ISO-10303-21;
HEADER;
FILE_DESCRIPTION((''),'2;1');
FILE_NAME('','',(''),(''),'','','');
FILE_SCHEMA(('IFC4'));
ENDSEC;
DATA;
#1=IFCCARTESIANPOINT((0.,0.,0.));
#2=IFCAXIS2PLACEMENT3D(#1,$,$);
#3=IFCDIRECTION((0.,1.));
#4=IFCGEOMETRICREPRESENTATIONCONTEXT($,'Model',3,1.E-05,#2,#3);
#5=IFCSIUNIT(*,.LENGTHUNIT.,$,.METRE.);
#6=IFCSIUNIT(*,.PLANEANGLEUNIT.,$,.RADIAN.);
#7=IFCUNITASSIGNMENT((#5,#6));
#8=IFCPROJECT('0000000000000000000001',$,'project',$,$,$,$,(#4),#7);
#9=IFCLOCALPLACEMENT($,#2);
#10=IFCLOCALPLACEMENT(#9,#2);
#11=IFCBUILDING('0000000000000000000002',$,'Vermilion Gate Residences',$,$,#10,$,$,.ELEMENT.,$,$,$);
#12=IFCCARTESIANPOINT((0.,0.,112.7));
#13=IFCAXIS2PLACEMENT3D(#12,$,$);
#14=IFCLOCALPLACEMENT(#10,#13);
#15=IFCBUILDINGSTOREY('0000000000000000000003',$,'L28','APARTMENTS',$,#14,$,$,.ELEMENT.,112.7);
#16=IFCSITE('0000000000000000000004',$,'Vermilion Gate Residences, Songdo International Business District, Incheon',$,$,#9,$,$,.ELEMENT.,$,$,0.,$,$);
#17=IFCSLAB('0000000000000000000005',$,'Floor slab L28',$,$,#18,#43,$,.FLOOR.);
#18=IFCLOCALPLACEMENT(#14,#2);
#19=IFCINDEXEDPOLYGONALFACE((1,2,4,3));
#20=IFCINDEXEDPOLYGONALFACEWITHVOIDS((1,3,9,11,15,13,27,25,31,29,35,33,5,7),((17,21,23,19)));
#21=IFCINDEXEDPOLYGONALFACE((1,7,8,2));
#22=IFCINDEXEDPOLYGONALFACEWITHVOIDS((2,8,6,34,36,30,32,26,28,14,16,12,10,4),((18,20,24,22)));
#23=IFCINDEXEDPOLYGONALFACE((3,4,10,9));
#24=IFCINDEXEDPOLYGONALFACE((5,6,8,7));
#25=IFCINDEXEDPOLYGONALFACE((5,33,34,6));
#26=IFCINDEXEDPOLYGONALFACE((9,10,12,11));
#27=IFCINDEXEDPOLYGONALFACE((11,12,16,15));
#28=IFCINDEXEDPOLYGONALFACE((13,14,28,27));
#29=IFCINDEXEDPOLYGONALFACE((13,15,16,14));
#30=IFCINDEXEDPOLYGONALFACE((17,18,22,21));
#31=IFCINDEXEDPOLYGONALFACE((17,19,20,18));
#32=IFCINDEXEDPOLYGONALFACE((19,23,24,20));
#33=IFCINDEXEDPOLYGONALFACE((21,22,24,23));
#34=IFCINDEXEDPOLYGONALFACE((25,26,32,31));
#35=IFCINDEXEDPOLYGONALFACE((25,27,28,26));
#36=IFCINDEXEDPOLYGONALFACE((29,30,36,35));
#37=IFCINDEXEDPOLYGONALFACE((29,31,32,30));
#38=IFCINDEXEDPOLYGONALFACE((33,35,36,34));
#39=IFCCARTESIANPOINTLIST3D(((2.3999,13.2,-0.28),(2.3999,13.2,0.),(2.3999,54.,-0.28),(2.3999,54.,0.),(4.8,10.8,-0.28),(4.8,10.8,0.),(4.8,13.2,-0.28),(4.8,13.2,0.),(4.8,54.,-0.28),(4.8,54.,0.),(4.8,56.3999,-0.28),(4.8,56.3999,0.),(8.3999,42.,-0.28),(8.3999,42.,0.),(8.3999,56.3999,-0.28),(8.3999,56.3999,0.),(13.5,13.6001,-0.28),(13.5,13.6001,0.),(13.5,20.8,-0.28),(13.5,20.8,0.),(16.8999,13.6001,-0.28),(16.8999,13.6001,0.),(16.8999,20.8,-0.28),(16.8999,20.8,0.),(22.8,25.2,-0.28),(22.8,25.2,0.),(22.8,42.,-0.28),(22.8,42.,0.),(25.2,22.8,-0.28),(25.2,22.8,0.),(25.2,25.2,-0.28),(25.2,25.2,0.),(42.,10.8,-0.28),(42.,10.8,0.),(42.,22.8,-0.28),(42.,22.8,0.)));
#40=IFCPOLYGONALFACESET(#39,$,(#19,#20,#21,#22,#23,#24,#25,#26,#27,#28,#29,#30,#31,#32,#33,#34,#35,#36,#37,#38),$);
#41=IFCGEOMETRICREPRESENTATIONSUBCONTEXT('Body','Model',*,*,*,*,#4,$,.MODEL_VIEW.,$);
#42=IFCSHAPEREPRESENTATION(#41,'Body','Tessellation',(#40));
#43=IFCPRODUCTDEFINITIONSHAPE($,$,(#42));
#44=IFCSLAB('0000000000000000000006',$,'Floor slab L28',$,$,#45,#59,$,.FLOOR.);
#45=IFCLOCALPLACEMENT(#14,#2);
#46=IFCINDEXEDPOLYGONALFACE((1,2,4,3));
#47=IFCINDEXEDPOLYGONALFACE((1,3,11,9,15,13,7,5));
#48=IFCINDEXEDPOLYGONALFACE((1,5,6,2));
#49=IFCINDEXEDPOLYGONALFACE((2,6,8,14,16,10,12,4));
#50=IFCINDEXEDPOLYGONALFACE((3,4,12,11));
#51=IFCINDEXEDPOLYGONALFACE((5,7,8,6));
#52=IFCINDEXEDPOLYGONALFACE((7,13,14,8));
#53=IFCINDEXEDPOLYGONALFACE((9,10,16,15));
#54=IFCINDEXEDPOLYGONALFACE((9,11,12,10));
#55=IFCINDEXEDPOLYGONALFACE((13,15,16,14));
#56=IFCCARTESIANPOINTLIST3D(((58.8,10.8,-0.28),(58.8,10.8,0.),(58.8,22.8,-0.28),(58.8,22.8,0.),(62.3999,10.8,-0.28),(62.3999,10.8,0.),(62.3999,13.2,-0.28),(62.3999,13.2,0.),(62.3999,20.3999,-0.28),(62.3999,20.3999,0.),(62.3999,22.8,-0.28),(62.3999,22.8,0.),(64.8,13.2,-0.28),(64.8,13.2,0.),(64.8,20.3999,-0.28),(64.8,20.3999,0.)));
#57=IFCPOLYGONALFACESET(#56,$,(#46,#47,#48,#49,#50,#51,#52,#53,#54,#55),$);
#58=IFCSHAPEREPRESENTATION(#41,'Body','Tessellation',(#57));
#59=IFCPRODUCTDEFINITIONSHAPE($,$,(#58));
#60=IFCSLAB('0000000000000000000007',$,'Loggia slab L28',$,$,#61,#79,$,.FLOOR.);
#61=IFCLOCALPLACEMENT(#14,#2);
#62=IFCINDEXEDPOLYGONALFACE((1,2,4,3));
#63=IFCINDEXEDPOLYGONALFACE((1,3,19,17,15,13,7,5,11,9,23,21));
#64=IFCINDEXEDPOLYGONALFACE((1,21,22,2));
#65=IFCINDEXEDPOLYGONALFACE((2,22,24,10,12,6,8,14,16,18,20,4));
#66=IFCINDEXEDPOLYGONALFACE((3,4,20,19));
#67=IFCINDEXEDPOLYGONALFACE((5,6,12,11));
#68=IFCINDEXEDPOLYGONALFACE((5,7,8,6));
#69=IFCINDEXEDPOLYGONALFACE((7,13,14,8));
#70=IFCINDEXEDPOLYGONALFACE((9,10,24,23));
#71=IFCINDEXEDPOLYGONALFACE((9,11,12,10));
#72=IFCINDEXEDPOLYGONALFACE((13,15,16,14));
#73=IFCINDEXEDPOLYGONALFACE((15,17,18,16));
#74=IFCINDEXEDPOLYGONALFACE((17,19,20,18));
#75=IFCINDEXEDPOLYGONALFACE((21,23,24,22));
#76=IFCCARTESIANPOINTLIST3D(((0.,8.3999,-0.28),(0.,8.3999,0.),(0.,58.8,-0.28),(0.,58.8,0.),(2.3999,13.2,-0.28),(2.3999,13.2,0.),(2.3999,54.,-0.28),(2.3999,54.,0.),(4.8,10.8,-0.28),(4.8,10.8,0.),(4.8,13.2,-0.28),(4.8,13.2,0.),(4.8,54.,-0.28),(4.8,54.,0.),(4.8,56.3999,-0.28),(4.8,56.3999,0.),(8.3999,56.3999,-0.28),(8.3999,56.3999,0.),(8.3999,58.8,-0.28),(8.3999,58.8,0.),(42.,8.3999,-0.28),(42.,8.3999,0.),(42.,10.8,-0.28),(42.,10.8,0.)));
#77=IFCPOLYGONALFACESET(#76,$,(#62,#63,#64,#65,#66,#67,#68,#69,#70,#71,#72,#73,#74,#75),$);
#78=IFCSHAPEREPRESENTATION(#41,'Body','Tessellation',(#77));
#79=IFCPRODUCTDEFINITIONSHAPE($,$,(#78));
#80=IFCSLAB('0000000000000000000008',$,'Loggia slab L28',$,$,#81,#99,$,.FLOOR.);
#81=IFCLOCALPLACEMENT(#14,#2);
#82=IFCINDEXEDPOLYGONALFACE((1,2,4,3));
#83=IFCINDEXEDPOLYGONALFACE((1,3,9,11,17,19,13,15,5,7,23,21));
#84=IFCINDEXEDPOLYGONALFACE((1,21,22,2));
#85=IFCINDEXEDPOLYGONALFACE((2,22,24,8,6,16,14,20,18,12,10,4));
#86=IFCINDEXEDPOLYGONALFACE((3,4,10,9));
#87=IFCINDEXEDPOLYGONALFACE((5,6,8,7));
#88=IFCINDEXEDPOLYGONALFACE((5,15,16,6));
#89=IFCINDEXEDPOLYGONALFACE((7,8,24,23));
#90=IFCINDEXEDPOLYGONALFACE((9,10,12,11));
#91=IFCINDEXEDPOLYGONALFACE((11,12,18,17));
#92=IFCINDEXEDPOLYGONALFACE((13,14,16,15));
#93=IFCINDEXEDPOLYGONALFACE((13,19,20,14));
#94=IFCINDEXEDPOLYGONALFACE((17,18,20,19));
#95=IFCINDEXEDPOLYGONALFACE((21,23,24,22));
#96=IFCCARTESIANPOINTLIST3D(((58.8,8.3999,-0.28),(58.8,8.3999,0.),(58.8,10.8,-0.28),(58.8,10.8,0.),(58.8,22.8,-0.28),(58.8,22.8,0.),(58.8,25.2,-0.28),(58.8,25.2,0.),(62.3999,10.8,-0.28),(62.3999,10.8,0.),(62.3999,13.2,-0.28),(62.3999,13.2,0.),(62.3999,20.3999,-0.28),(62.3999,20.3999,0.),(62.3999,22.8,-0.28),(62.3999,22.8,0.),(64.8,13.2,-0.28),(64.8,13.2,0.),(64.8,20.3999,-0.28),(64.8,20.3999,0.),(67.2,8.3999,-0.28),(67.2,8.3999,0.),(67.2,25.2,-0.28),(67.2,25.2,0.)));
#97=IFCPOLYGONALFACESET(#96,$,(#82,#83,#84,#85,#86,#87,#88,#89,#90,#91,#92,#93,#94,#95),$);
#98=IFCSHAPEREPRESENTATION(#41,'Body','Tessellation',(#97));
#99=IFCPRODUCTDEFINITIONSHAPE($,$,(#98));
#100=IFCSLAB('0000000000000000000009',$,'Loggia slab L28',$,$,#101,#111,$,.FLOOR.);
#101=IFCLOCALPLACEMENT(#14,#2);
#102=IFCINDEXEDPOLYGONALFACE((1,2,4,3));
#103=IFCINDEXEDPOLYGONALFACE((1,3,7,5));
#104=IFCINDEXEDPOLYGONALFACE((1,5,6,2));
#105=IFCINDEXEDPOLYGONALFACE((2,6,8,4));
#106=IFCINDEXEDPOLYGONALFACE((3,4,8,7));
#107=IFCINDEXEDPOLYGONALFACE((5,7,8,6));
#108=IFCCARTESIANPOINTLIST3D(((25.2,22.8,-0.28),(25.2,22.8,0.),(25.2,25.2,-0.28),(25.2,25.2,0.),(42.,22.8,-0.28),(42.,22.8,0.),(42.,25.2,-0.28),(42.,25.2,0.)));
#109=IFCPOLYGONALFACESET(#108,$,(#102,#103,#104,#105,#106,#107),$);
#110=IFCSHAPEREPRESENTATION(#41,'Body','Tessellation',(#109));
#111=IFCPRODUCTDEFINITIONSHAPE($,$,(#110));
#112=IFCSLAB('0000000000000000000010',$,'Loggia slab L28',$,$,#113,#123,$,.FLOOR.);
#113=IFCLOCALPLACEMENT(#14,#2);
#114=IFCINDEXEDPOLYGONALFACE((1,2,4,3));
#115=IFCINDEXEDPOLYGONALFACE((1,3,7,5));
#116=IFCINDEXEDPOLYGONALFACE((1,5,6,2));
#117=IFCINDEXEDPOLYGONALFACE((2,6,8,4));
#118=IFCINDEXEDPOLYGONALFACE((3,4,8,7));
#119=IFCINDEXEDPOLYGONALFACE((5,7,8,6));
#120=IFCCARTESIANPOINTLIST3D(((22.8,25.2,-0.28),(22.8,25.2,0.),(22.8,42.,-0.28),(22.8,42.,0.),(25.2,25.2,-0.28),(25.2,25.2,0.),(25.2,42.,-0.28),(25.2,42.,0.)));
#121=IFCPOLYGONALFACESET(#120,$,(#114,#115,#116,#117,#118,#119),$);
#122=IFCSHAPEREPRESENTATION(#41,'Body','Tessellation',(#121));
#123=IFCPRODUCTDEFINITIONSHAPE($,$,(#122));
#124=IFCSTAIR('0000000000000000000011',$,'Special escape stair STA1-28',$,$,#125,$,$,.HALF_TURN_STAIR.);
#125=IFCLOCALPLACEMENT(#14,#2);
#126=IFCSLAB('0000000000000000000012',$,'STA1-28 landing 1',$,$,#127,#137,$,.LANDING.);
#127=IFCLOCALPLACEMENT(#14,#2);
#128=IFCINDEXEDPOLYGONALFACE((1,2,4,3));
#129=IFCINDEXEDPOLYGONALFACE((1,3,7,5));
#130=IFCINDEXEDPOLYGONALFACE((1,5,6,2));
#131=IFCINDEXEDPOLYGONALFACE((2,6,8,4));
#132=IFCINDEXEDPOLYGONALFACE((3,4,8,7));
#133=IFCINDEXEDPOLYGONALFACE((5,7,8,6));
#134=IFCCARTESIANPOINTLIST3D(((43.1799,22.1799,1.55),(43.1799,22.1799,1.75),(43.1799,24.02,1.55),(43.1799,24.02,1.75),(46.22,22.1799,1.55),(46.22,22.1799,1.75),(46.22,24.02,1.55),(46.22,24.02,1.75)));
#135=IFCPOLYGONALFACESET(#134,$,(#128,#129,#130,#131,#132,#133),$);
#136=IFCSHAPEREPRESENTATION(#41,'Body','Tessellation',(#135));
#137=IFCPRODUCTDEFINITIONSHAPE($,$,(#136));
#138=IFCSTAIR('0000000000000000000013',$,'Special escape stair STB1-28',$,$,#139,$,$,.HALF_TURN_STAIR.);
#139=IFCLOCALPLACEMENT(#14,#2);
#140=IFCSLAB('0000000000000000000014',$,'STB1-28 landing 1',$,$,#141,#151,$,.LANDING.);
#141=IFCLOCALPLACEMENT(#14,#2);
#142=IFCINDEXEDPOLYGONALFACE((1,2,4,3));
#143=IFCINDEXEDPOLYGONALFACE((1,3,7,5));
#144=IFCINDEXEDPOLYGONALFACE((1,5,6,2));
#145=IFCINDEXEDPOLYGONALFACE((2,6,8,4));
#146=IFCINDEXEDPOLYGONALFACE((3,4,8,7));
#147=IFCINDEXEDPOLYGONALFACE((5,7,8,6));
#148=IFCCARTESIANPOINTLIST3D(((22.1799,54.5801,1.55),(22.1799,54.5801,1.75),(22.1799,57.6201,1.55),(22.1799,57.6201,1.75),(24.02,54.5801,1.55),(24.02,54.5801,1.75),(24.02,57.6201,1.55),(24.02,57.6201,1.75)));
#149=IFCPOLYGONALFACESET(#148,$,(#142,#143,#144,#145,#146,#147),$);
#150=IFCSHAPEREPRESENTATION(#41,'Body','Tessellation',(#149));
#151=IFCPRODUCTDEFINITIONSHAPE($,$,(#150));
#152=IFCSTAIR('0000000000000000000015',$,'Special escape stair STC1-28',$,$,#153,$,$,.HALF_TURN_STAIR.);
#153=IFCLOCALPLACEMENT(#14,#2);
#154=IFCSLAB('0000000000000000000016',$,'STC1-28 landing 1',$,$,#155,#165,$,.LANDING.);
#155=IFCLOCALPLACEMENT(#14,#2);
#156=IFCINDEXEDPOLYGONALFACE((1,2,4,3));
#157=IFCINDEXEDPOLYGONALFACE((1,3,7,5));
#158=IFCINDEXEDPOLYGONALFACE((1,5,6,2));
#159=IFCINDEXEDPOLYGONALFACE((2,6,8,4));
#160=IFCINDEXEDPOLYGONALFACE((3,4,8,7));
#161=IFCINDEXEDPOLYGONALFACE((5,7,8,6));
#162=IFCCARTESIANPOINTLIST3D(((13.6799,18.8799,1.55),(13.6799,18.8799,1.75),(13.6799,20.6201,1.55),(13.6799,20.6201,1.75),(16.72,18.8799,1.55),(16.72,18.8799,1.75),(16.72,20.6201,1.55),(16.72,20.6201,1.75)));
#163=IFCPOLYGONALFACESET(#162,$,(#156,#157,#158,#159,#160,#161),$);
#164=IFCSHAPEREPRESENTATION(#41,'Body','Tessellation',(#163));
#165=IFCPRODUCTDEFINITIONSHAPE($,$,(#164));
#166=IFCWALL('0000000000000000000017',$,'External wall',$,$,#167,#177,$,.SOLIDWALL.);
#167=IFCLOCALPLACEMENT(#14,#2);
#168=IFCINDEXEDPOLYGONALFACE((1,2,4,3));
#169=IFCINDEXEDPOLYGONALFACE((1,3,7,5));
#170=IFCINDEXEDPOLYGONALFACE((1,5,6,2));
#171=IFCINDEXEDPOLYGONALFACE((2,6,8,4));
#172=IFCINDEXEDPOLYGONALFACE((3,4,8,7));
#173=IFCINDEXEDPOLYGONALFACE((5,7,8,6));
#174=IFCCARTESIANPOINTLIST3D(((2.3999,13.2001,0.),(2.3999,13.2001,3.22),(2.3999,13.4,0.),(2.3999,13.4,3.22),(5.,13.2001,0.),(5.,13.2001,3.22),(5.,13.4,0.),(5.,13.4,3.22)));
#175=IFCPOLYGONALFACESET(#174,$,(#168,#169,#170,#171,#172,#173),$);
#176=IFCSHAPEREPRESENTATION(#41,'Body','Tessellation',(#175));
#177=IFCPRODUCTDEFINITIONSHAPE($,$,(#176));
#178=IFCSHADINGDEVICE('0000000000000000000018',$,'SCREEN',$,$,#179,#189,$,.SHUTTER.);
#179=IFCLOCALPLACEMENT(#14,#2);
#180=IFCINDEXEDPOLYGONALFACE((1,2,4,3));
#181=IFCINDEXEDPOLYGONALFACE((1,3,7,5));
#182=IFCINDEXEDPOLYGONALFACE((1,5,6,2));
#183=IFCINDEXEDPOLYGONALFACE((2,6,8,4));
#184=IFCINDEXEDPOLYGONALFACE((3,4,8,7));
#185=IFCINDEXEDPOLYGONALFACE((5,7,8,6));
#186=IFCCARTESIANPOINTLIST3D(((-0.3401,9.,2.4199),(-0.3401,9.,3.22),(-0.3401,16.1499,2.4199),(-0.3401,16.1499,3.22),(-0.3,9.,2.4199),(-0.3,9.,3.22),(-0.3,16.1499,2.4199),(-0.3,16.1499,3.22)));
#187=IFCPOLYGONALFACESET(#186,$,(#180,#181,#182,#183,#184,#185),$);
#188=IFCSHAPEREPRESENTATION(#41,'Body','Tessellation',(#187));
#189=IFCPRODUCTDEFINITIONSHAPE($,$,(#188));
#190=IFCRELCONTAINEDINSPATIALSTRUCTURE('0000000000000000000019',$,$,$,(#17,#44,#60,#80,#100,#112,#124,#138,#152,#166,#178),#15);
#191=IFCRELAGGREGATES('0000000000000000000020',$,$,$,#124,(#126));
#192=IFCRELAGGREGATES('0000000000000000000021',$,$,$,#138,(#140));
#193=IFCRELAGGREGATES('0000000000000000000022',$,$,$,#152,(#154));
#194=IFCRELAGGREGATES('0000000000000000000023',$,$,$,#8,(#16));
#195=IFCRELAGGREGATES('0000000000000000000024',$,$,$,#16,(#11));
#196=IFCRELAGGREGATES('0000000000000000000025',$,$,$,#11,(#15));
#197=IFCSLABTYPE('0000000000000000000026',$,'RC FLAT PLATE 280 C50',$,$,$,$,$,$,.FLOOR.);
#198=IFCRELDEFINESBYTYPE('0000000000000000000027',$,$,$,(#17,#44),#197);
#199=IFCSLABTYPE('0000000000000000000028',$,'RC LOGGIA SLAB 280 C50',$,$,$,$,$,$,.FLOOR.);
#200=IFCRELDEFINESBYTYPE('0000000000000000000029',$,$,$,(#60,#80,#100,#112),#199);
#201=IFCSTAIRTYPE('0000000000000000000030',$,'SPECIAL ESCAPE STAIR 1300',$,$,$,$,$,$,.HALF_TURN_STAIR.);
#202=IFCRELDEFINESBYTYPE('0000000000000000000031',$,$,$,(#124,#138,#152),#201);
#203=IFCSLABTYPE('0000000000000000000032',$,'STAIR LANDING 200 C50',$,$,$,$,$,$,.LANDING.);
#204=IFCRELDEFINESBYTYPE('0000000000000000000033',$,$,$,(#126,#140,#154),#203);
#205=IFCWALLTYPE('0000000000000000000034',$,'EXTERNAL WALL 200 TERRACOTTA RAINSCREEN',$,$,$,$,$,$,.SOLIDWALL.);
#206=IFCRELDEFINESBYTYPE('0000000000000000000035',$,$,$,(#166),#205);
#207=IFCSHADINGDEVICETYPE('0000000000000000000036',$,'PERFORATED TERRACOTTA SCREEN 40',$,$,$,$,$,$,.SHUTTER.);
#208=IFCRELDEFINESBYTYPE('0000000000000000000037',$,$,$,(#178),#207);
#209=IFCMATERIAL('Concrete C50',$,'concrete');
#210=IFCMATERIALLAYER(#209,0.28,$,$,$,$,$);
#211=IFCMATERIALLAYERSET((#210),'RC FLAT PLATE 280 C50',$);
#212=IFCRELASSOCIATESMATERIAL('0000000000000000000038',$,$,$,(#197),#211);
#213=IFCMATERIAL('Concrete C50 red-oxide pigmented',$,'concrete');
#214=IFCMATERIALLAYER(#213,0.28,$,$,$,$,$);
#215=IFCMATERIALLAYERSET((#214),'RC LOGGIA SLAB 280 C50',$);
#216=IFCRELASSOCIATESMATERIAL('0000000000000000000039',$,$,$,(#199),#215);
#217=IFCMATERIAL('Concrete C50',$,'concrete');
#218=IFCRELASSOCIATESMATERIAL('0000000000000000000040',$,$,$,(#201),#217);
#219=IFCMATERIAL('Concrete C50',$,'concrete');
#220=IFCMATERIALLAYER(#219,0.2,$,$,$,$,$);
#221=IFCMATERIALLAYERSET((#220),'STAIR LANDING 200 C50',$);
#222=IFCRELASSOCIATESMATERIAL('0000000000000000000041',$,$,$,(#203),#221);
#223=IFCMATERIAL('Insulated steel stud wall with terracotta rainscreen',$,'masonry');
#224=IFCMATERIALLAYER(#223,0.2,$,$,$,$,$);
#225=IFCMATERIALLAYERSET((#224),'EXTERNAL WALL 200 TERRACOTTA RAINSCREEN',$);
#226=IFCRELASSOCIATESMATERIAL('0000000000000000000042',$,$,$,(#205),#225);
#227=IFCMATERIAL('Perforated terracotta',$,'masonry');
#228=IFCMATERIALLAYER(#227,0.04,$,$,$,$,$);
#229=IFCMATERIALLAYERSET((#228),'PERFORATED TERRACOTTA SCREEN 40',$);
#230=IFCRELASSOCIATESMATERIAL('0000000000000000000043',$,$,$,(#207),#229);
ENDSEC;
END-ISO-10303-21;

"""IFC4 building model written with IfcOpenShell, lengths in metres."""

from ifc_helpers import new_model, si_unit, direction, frame, frame_2d, origin, origin_2d, place, context, subcontext, project, spatial, polyline, rectangle, outline, extrude, material, layer, layer_set, type_object, element, aggregate, save


model = new_model("IFC4")

# Units and contexts
model_context = context("Model", 3, precision=1e-05, world=origin(), true_north=direction((0.0, 1.0)))
body_context = subcontext(model_context, "Body", "Model", "MODEL_VIEW")
ifc_project = project(units=[si_unit("LENGTHUNIT", "METRE"), si_unit("PLANEANGLEUNIT", "RADIAN")], contexts=[model_context])

# Site, building, storey
site_placement = place(None, origin())
site = spatial("IfcSite", under=ifc_project, at=site_placement, Name="Vermilion Gate Residences, Songdo International Business District, Incheon", CompositionType="ELEMENT", RefElevation=0.0)
building_placement = place(site_placement, origin())
building = spatial("IfcBuilding", under=site, at=building_placement, Name="Vermilion Gate Residences", CompositionType="ELEMENT")
storey_placement = place(building_placement, frame((0.0, 0.0, 112.7)))
storey = spatial("IfcBuildingStorey", under=building, at=storey_placement, Name="L28", Description="APARTMENTS", CompositionType="ELEMENT", Elevation=112.7)

# Slabs
ifc_material_1 = material(Name="Concrete C50", Category="concrete")
ifc_layer_1 = layer(ifc_material_1, 0.28)
ifc_layer_set_1 = layer_set([ifc_layer_1], Name="RC FLAT PLATE 280 C50")
slab_type_1 = type_object("IfcSlabType", Name="RC FLAT PLATE 280 C50", PredefinedType="FLOOR", material=ifc_layer_set_1)
slab_1_placement = place(storey_placement, frame((0.0, 0.0, -0.28)))
element("IfcSlab", 1, at=slab_1_placement, inside=storey, type_object=slab_type_1, Name="Floor slab L28", PredefinedType="FLOOR", context=body_context, shape_type="SweptSolid", body=[
    extrude(outline(polyline([(22.8, 25.2), (22.8, 42.0), (8.3999, 42.0), (8.3999, 56.3999), (4.8, 56.3999), (4.8, 54.0), (2.3999, 54.0), (2.3999, 13.2), (4.8, 13.2), (4.8, 10.8), (42.0, 10.8), (42.0, 22.8), (25.2, 22.8), (25.2, 25.2), (22.8, 25.2)]), holes=[polyline([(13.5, 13.6001), (13.5, 20.8), (16.8999, 20.8), (16.8999, 13.6001), (13.5, 13.6001)])]), origin(), (0.0, 0.0, 1.0), 0.28),
])
slab_2_placement = place(storey_placement, frame((0.0, 0.0, -0.28)))
element("IfcSlab", 2, at=slab_2_placement, inside=storey, type_object=slab_type_1, Name="Floor slab L28", PredefinedType="FLOOR", context=body_context, shape_type="SweptSolid", body=[
    extrude(outline(polyline([(58.8, 22.8), (58.8, 10.8), (62.3999, 10.8), (62.3999, 13.2), (64.8, 13.2), (64.8, 20.3999), (62.3999, 20.3999), (62.3999, 22.8), (58.8, 22.8)])), origin(), (0.0, 0.0, 1.0), 0.28),
])
ifc_material_2 = material(Name="Concrete C50 red-oxide pigmented", Category="concrete")
ifc_layer_2 = layer(ifc_material_2, 0.28)
ifc_layer_set_2 = layer_set([ifc_layer_2], Name="RC LOGGIA SLAB 280 C50")
slab_type_2 = type_object("IfcSlabType", Name="RC LOGGIA SLAB 280 C50", PredefinedType="FLOOR", material=ifc_layer_set_2)
slab_3_placement = place(storey_placement, frame((0.0, 0.0, -0.28)))
element("IfcSlab", 3, at=slab_3_placement, inside=storey, type_object=slab_type_2, Name="Loggia slab L28", PredefinedType="FLOOR", context=body_context, shape_type="SweptSolid", body=[
    extrude(outline(polyline([(0.0, 58.8), (0.0, 8.3999), (42.0, 8.3999), (42.0, 10.8), (4.8, 10.8), (4.8, 13.2), (2.3999, 13.2), (2.3999, 54.0), (4.8, 54.0), (4.8, 56.3999), (8.3999, 56.3999), (8.3999, 58.8), (0.0, 58.8)])), origin(), (0.0, 0.0, 1.0), 0.28),
])
slab_4_placement = place(storey_placement, frame((0.0, 0.0, -0.28)))
element("IfcSlab", 4, at=slab_4_placement, inside=storey, type_object=slab_type_2, Name="Loggia slab L28", PredefinedType="FLOOR", context=body_context, shape_type="SweptSolid", body=[
    extrude(outline(polyline([(64.8, 20.3999), (64.8, 13.2), (62.3999, 13.2), (62.3999, 10.8), (58.8, 10.8), (58.8, 8.3999), (67.2, 8.3999), (67.2, 25.2), (58.8, 25.2), (58.8, 22.8), (62.3999, 22.8), (62.3999, 20.3999), (64.8, 20.3999)])), origin(), (0.0, 0.0, 1.0), 0.28),
])
slab_5_placement = place(storey_placement, frame((0.0, 0.0, -0.28)))
element("IfcSlab", 5, at=slab_5_placement, inside=storey, type_object=slab_type_2, Name="Loggia slab L28", PredefinedType="FLOOR", context=body_context, shape_type="SweptSolid", body=[
    extrude(outline(polyline([(25.2, 22.8), (42.0, 22.8), (42.0, 25.2), (25.2, 25.2), (25.2, 22.8)])), origin(), (0.0, 0.0, 1.0), 0.28),
])
slab_6_placement = place(storey_placement, frame((0.0, 0.0, -0.28)))
element("IfcSlab", 6, at=slab_6_placement, inside=storey, type_object=slab_type_2, Name="Loggia slab L28", PredefinedType="FLOOR", context=body_context, shape_type="SweptSolid", body=[
    extrude(outline(polyline([(25.2, 25.2), (25.2, 42.0), (22.8, 42.0), (22.8, 25.2), (25.2, 25.2)])), origin(), (0.0, 0.0, 1.0), 0.28),
])

# Stairs, slabs
ifc_material_3 = material(Name="Concrete C50", Category="concrete")
stair_type = type_object("IfcStairType", Name="SPECIAL ESCAPE STAIR 1300", PredefinedType="HALF_TURN_STAIR", material=ifc_material_3)
stair_1_placement = place(storey_placement, origin())
stair_1 = element("IfcStair", 7, at=stair_1_placement, inside=storey, type_object=stair_type, Name="Special escape stair STA1-28", PredefinedType="HALF_TURN_STAIR")
ifc_material_4 = material(Name="Concrete C50", Category="concrete")
ifc_layer_3 = layer(ifc_material_4, 0.2)
ifc_layer_set_3 = layer_set([ifc_layer_3], Name="STAIR LANDING 200 C50")
slab_type_3 = type_object("IfcSlabType", Name="STAIR LANDING 200 C50", PredefinedType="LANDING", material=ifc_layer_set_3)
slab_7_placement = place(storey_placement, frame((0.0, 0.0, 1.55)))
slab_7 = element("IfcSlab", 8, at=slab_7_placement, type_object=slab_type_3, Name="STA1-28 landing 1", PredefinedType="LANDING", context=body_context, shape_type="SweptSolid", body=[
    extrude(outline(polyline([(46.22, 22.1799), (46.22, 24.02), (43.1799, 24.02), (43.1799, 22.1799), (46.22, 22.1799)])), origin(), (0.0, 0.0, 1.0), 0.2),
])
aggregate(stair_1, [slab_7])
stair_2_placement = place(storey_placement, origin())
stair_2 = element("IfcStair", 9, at=stair_2_placement, inside=storey, type_object=stair_type, Name="Special escape stair STB1-28", PredefinedType="HALF_TURN_STAIR")
slab_8_placement = place(storey_placement, frame((0.0, 0.0, 1.55)))
slab_8 = element("IfcSlab", 10, at=slab_8_placement, type_object=slab_type_3, Name="STB1-28 landing 1", PredefinedType="LANDING", context=body_context, shape_type="SweptSolid", body=[
    extrude(outline(polyline([(24.02, 54.5801), (24.02, 57.6201), (22.1799, 57.6201), (22.1799, 54.5801), (24.02, 54.5801)])), origin(), (0.0, 0.0, 1.0), 0.2),
])
aggregate(stair_2, [slab_8])
stair_3_placement = place(storey_placement, origin())
stair_3 = element("IfcStair", 11, at=stair_3_placement, inside=storey, type_object=stair_type, Name="Special escape stair STC1-28", PredefinedType="HALF_TURN_STAIR")
slab_9_placement = place(storey_placement, frame((0.0, 0.0, 1.55)))
slab_9 = element("IfcSlab", 12, at=slab_9_placement, type_object=slab_type_3, Name="STC1-28 landing 1", PredefinedType="LANDING", context=body_context, shape_type="SweptSolid", body=[
    extrude(outline(polyline([(16.72, 18.8799), (16.72, 20.6201), (13.6799, 20.6201), (13.6799, 18.8799), (16.72, 18.8799)])), origin(), (0.0, 0.0, 1.0), 0.2),
])
aggregate(stair_3, [slab_9])

# Wall
ifc_material_5 = material(Name="Insulated steel stud wall with terracotta rainscreen", Category="masonry")
ifc_layer_4 = layer(ifc_material_5, 0.2)
ifc_layer_set_4 = layer_set([ifc_layer_4], Name="EXTERNAL WALL 200 TERRACOTTA RAINSCREEN")
wall_type = type_object("IfcWallType", Name="EXTERNAL WALL 200 TERRACOTTA RAINSCREEN", PredefinedType="SOLIDWALL", material=ifc_layer_set_4)
wall_placement = place(storey_placement, frame((2.3999, 13.3, 0.0), z_axis=(0.0, 0.0, 1.0), x_axis=(1.0, 0.0, 0.0)))
element("IfcWall", 13, at=wall_placement, inside=storey, type_object=wall_type, Name="External wall", PredefinedType="SOLIDWALL", context=body_context, shape_type="SweptSolid", body=[
    extrude(rectangle(XDim=2.6001, YDim=0.2, at=frame_2d((1.3, 0.0))), origin(), (0.0, 0.0, 1.0), 3.22),
])

# Shading device
ifc_material_6 = material(Name="Perforated terracotta", Category="masonry")
ifc_layer_5 = layer(ifc_material_6, 0.04)
ifc_layer_set_5 = layer_set([ifc_layer_5], Name="PERFORATED TERRACOTTA SCREEN 40")
shading_device_type_1 = type_object("IfcShadingDeviceType", Name="PERFORATED TERRACOTTA SCREEN 40", PredefinedType="SHUTTER", material=ifc_layer_set_5)
shading_device_1_placement = place(storey_placement, frame((-0.3201, 12.575, 2.4199), z_axis=(0.0, 0.0, 1.0), x_axis=(0.0, -1.0, 0.0)))
element("IfcShadingDevice", 14, at=shading_device_1_placement, inside=storey, type_object=shading_device_type_1, Name="SCREEN", PredefinedType="SHUTTER", context=body_context, shape_type="SweptSolid", body=[
    extrude(rectangle(XDim=7.1499, YDim=0.04, at=origin_2d()), origin(), (0.0, 0.0, 1.0), 0.8),
])

save(model, "model.ifc")
